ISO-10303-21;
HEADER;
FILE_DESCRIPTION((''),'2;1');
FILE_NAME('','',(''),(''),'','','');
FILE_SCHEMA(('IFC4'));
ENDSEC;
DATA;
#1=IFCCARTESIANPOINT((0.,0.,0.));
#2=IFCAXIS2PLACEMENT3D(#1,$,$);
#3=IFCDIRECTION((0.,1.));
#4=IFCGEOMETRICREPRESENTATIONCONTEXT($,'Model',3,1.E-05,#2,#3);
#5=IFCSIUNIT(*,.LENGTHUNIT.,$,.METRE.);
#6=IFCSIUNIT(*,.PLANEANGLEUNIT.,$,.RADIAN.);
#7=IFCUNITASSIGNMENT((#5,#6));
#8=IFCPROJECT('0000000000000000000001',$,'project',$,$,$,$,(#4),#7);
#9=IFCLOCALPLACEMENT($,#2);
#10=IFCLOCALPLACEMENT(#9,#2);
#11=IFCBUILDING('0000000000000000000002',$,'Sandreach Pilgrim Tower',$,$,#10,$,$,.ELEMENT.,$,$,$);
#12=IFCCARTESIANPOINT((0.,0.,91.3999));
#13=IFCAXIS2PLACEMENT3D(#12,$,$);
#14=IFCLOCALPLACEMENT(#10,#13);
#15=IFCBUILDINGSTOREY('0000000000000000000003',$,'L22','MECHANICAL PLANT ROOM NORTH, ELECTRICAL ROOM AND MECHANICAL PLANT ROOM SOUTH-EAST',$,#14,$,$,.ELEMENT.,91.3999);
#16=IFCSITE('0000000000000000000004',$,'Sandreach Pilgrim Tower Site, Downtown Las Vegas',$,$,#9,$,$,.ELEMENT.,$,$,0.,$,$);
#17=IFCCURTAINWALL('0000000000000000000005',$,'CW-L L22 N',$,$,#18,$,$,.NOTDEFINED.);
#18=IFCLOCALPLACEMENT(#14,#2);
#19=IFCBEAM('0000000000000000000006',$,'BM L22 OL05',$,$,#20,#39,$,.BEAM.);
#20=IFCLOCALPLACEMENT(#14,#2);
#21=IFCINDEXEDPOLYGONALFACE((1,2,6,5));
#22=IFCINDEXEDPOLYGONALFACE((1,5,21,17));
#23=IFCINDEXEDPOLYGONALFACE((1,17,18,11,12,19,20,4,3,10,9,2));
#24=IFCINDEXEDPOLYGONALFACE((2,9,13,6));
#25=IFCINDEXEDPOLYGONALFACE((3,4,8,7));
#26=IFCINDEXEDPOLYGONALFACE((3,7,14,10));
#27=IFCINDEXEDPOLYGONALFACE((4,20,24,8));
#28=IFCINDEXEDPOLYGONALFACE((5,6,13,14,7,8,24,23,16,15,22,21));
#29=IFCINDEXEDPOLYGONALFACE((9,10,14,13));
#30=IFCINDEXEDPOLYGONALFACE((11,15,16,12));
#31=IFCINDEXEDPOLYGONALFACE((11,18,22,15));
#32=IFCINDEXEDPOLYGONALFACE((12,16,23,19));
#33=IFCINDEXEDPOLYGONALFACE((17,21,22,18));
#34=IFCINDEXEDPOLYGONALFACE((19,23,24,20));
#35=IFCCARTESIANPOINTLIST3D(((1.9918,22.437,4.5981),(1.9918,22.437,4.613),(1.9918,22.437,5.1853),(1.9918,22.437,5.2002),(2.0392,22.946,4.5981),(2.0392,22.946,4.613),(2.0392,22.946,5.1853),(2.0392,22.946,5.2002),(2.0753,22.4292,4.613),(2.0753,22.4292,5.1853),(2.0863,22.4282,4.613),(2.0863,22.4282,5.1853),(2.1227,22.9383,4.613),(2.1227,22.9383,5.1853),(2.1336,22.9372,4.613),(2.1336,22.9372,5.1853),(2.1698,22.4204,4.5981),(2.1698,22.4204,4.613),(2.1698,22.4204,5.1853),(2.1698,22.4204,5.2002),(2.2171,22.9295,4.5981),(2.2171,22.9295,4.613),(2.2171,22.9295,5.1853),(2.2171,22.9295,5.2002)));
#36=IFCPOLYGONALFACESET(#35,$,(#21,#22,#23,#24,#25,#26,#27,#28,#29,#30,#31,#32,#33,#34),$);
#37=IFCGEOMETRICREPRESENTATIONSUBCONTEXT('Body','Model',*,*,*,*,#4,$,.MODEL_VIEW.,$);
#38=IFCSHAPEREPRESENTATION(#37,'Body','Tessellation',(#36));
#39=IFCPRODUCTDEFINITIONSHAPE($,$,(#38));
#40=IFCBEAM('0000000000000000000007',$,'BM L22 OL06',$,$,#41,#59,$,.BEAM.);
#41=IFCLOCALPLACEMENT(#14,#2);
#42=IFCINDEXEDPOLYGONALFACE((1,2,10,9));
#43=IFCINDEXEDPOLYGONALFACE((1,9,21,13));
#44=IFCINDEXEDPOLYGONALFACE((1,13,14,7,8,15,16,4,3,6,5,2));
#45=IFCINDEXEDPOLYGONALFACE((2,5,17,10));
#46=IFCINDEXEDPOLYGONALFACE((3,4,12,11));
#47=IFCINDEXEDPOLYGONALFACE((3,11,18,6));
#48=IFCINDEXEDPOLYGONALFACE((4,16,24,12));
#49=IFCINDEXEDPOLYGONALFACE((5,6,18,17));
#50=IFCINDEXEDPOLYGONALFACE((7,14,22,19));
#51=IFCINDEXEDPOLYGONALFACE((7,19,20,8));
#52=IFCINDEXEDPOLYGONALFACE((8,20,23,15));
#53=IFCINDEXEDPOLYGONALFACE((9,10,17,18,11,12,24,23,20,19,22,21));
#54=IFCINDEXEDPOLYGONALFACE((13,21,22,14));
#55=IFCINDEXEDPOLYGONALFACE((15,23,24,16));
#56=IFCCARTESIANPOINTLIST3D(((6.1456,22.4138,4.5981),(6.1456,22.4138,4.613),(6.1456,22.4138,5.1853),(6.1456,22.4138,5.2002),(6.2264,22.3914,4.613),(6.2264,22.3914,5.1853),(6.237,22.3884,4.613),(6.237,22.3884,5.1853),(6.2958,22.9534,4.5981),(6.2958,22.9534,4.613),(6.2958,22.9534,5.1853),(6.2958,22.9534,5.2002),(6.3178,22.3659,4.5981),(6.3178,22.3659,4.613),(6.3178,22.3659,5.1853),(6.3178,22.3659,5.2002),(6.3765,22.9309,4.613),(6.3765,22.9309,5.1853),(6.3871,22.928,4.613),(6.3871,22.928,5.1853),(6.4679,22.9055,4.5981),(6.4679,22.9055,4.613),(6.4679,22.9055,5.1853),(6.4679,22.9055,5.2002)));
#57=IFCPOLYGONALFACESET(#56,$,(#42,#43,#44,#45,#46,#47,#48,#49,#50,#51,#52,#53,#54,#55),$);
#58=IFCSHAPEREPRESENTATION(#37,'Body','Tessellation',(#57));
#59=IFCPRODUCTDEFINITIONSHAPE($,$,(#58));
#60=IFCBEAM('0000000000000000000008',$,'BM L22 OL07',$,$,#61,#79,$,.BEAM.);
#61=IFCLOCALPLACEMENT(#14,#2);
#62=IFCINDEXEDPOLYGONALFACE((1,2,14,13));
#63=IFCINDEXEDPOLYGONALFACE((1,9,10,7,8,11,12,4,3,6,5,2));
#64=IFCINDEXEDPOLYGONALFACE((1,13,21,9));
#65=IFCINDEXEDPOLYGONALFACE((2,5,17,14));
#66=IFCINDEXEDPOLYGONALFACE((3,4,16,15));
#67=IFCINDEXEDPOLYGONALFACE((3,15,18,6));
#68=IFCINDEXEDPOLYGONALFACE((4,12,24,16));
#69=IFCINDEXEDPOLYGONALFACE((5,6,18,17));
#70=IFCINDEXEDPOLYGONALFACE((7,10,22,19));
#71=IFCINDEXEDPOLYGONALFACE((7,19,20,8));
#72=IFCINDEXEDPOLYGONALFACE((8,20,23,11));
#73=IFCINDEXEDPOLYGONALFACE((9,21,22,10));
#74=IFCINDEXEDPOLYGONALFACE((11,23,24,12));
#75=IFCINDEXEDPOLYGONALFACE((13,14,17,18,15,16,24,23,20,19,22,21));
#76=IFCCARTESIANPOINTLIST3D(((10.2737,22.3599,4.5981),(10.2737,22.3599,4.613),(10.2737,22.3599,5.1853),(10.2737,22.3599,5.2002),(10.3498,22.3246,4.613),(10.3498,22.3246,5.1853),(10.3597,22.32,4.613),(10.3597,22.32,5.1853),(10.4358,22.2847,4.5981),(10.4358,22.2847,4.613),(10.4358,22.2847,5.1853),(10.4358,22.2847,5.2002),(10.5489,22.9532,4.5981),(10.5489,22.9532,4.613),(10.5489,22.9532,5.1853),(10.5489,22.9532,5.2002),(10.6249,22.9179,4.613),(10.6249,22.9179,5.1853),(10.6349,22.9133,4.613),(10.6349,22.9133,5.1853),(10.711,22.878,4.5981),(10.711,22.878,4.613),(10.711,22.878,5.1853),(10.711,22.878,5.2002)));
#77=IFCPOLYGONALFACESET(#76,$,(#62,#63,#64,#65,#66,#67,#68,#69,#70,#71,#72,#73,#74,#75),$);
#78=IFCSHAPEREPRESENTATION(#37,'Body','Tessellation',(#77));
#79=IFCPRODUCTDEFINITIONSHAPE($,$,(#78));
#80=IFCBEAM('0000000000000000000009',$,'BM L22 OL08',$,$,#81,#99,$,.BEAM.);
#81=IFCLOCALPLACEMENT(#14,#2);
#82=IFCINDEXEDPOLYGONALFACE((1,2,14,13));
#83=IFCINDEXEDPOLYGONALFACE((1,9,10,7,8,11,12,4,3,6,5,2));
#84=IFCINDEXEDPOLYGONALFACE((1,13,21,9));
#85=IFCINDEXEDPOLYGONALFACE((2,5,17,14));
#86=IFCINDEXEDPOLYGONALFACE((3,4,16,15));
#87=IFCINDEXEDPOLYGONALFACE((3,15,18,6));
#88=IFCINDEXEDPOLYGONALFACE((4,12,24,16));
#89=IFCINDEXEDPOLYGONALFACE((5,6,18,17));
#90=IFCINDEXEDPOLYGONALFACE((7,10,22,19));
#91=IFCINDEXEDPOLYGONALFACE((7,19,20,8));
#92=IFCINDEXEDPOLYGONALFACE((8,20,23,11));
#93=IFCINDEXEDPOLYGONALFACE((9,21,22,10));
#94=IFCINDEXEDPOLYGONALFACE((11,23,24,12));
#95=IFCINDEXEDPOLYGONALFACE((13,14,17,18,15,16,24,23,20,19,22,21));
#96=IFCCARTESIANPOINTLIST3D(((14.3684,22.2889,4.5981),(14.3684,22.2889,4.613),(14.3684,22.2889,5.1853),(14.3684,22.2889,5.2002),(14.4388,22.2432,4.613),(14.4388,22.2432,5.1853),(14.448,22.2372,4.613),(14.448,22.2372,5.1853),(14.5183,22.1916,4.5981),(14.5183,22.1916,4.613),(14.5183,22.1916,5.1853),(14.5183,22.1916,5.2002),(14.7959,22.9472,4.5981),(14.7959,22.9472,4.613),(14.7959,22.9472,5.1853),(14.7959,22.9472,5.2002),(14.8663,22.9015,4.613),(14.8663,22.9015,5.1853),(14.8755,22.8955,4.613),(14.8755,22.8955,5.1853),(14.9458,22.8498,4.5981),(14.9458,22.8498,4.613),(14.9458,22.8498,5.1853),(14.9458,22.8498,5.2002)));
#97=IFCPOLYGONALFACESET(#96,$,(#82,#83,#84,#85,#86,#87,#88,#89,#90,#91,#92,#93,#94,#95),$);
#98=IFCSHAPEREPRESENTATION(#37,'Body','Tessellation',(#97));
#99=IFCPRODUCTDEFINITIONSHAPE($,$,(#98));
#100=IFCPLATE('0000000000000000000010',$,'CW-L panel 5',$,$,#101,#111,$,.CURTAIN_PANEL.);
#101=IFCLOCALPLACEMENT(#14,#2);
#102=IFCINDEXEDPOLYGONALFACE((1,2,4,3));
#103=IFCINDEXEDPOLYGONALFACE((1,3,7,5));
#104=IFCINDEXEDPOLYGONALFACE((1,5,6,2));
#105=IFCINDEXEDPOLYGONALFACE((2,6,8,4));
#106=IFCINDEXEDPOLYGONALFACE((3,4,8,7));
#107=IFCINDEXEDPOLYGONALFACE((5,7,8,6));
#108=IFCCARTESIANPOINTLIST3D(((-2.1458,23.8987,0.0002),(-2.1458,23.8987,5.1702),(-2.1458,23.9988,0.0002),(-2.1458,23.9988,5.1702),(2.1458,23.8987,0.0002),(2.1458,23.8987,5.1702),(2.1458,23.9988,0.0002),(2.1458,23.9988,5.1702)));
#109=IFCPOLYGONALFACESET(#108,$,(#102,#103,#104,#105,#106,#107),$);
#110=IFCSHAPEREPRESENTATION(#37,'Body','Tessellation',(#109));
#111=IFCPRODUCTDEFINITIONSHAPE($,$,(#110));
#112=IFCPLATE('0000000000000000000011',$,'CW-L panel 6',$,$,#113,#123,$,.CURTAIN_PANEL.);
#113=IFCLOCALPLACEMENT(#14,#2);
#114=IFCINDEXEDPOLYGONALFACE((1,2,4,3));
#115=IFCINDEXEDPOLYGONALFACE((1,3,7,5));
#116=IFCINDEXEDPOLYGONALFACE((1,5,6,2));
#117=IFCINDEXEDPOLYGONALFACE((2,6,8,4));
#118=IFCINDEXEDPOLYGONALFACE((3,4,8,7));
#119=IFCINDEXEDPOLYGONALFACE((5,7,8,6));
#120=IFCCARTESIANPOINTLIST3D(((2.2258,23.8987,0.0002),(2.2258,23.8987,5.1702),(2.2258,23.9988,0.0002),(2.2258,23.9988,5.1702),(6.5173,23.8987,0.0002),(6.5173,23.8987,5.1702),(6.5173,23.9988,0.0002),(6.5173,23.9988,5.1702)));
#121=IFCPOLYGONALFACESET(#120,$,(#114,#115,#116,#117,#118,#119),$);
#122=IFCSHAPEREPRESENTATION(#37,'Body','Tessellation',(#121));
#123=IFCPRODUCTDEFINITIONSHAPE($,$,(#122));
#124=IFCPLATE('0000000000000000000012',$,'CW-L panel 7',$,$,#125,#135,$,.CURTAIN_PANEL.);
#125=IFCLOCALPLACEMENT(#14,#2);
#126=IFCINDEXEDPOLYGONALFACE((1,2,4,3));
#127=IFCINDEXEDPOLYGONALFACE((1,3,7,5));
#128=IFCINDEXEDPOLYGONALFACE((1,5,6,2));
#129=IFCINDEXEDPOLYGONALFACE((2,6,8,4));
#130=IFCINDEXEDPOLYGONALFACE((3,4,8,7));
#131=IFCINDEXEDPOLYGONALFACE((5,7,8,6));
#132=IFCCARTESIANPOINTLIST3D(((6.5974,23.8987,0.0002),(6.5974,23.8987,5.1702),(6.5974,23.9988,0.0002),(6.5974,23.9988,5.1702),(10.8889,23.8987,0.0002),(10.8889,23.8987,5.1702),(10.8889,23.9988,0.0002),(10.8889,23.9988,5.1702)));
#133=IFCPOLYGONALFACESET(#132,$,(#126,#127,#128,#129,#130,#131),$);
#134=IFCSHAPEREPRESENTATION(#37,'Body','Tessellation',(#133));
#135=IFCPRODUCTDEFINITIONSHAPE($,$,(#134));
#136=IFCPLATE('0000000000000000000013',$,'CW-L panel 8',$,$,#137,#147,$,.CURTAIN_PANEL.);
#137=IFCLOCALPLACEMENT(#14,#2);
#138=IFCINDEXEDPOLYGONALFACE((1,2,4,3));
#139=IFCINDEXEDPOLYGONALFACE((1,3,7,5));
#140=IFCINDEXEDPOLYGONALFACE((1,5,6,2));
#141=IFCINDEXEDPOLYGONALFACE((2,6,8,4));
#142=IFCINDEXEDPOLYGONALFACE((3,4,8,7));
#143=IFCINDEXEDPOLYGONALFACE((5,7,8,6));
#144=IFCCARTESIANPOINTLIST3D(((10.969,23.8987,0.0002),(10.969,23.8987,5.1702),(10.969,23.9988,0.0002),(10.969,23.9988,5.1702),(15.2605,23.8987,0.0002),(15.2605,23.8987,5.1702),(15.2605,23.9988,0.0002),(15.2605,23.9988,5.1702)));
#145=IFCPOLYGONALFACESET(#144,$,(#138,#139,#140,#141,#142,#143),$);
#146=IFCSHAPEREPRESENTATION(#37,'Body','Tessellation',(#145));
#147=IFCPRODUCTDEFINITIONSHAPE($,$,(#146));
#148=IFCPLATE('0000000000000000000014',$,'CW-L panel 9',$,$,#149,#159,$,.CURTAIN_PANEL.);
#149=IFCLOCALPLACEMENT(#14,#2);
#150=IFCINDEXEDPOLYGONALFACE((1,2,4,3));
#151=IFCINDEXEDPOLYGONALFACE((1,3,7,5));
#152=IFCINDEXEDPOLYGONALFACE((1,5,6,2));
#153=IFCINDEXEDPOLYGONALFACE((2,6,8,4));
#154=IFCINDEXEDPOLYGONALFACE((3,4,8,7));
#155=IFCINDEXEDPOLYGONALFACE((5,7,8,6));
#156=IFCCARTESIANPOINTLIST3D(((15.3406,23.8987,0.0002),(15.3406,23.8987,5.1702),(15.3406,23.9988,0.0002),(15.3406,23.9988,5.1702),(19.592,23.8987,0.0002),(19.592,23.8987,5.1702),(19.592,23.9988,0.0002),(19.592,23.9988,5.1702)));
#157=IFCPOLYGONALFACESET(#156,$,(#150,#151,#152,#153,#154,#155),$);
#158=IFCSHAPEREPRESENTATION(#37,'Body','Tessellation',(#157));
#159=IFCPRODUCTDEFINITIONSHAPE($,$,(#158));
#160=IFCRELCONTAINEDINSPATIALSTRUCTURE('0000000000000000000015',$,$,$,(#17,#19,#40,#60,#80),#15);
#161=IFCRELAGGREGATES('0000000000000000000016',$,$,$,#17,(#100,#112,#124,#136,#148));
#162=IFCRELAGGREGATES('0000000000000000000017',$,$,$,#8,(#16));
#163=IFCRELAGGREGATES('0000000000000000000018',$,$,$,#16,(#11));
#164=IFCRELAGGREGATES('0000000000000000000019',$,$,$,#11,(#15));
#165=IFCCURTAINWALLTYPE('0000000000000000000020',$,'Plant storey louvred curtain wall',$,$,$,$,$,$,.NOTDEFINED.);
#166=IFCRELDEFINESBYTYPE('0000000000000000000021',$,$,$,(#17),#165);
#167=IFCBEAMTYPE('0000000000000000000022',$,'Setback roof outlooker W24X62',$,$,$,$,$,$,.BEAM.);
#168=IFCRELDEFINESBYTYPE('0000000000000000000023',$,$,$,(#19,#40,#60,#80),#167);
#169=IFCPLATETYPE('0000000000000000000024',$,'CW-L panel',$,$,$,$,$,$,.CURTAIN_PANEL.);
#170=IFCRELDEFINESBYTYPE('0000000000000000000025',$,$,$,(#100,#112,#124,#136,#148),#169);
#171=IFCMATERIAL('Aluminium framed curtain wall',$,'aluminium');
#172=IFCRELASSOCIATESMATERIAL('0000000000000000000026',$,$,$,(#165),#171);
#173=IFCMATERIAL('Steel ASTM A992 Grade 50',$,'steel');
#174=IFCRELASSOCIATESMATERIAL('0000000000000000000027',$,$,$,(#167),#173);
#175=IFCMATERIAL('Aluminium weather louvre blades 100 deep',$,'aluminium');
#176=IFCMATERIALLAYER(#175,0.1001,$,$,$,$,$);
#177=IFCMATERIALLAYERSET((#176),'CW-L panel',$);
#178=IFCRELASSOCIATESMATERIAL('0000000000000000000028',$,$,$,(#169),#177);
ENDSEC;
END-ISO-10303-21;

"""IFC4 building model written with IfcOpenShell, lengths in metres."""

from ifc_helpers import new_model, si_unit, direction, frame, origin, origin_2d, place, context, subcontext, project, spatial, rectangle, i_section, extrude, material, layer, layer_set, material_profile, profile_set, type_object, element, aggregate, save


model = new_model("IFC4")

# Units and contexts
model_context = context("Model", 3, precision=1e-05, world=origin(), true_north=direction((0.0, 1.0)))
body_context = subcontext(model_context, "Body", "Model", "MODEL_VIEW")
ifc_project = project(units=[si_unit("LENGTHUNIT", "METRE"), si_unit("PLANEANGLEUNIT", "RADIAN")], contexts=[model_context])

# Site, building, storey
site_placement = place(None, origin())
site = spatial("IfcSite", under=ifc_project, at=site_placement, Name="Sandreach Pilgrim Tower Site, Downtown Las Vegas", CompositionType="ELEMENT", RefElevation=0.0)
building_placement = place(site_placement, origin())
building = spatial("IfcBuilding", under=site, at=building_placement, Name="Sandreach Pilgrim Tower", CompositionType="ELEMENT")
storey_placement = place(building_placement, frame((0.0, 0.0, 91.3999)))
storey = spatial("IfcBuildingStorey", under=building, at=storey_placement, Name="L22", Description="MECHANICAL PLANT ROOM NORTH, ELECTRICAL ROOM AND MECHANICAL PLANT ROOM SOUTH-EAST", CompositionType="ELEMENT", Elevation=91.3999)

# Curtain wall
ifc_material_1 = material(Name="Aluminium framed curtain wall", Category="aluminium")
curtain_wall_type = type_object("IfcCurtainWallType", Name="Plant storey louvred curtain wall", PredefinedType="NOTDEFINED", material=ifc_material_1)
curtain_wall_placement = place(storey_placement, origin())
curtain_wall = element("IfcCurtainWall", 1, at=curtain_wall_placement, inside=storey, type_object=curtain_wall_type, Name="CW-L L22 N", PredefinedType="NOTDEFINED")

# Beams
ifc_material_2 = material(Name="Steel ASTM A992 Grade 50", Category="steel")
ifc_material_profile_1 = material_profile(ifc_material_2, i_section(OverallWidth=0.1787, OverallDepth=0.6021, WebThickness=0.011, FlangeThickness=0.0149, at=origin_2d()), Name="W24X62")
ifc_profile_set_1 = profile_set([ifc_material_profile_1], Name="Steel ASTM A992 Grade 50")
beam_type_1 = type_object("IfcBeamType", Name="Setback roof outlooker W24X62", PredefinedType="BEAM", material=ifc_profile_set_1)
beam_1_placement = place(storey_placement, frame((2.0808, 22.4287, 4.8992), z_axis=(0.092645, 0.995699, 0.0), x_axis=(-0.995699, 0.092645, 0.0)))
element("IfcBeam", 2, at=beam_1_placement, inside=storey, type_object=beam_type_1, Name="BM L22 OL05", PredefinedType="BEAM", context=body_context, shape_type="SweptSolid", body=[
    extrude(i_section(OverallWidth=0.1787, OverallDepth=0.6021, WebThickness=0.011, FlangeThickness=0.0149, at=origin_2d()), origin(), (0.0, 0.0, 1.0), 0.5112),
])
beam_2_placement = place(storey_placement, frame((6.2317, 22.3899, 4.8992), z_axis=(0.268093, 0.963393, 0.0), x_axis=(-0.963393, 0.268093, 0.0)))
element("IfcBeam", 3, at=beam_2_placement, inside=storey, type_object=beam_type_1, Name="BM L22 OL06", PredefinedType="BEAM", context=body_context, shape_type="SweptSolid", body=[
    extrude(i_section(OverallWidth=0.1787, OverallDepth=0.6021, WebThickness=0.011, FlangeThickness=0.0149, at=origin_2d()), origin(), (0.0, 0.0, 1.0), 0.5601),
])
beam_3_placement = place(storey_placement, frame((10.3547, 22.3223, 4.8992), z_axis=(0.420738, 0.907182, 0.0), x_axis=(-0.907182, 0.420738, 0.0)))
element("IfcBeam", 4, at=beam_3_placement, inside=storey, type_object=beam_type_1, Name="BM L22 OL07", PredefinedType="BEAM", context=body_context, shape_type="SweptSolid", body=[
    extrude(i_section(OverallWidth=0.1787, OverallDepth=0.6021, WebThickness=0.011, FlangeThickness=0.0149, at=origin_2d()), origin(), (0.0, 0.0, 1.0), 0.6541),
])
beam_4_placement = place(storey_placement, frame((14.4434, 22.2402, 4.8992), z_axis=(0.544682, 0.838643, 0.0), x_axis=(-0.838643, 0.544682, 0.0)))
element("IfcBeam", 5, at=beam_4_placement, inside=storey, type_object=beam_type_1, Name="BM L22 OL08", PredefinedType="BEAM", context=body_context, shape_type="SweptSolid", body=[
    extrude(i_section(OverallWidth=0.1787, OverallDepth=0.6021, WebThickness=0.011, FlangeThickness=0.0149, at=origin_2d()), origin(), (0.0, 0.0, 1.0), 0.7849),
])

# Plates
ifc_material_3 = material(Name="Aluminium weather louvre blades 100 deep", Category="aluminium")
ifc_layer = layer(ifc_material_3, 0.1001)
ifc_layer_set = layer_set([ifc_layer], Name="CW-L panel")
plate_type = type_object("IfcPlateType", Name="CW-L panel", PredefinedType="CURTAIN_PANEL", material=ifc_layer_set)
plate_1_placement = place(storey_placement, frame((0.0, 23.9487, 0.0002), z_axis=(0.0, 0.0, 1.0), x_axis=(1.0, 0.0, 0.0)))
plate_1 = element("IfcPlate", 6, at=plate_1_placement, type_object=plate_type, Name="CW-L panel 5", PredefinedType="CURTAIN_PANEL", context=body_context, shape_type="SweptSolid", body=[
    extrude(rectangle(XDim=4.2915, YDim=0.1001, at=origin_2d()), origin(), (0.0, 0.0, 1.0), 5.1699),
])
plate_2_placement = place(storey_placement, frame((4.3716, 23.9487, 0.0002), z_axis=(0.0, 0.0, 1.0), x_axis=(1.0, 0.0, 0.0)))
plate_2 = element("IfcPlate", 7, at=plate_2_placement, type_object=plate_type, Name="CW-L panel 6", PredefinedType="CURTAIN_PANEL", context=body_context, shape_type="SweptSolid", body=[
    extrude(rectangle(XDim=4.2915, YDim=0.1001, at=origin_2d()), origin(), (0.0, 0.0, 1.0), 5.1699),
])
plate_3_placement = place(storey_placement, frame((8.7432, 23.9487, 0.0002), z_axis=(0.0, 0.0, 1.0), x_axis=(1.0, 0.0, 0.0)))
plate_3 = element("IfcPlate", 8, at=plate_3_placement, type_object=plate_type, Name="CW-L panel 7", PredefinedType="CURTAIN_PANEL", context=body_context, shape_type="SweptSolid", body=[
    extrude(rectangle(XDim=4.2915, YDim=0.1001, at=origin_2d()), origin(), (0.0, 0.0, 1.0), 5.1699),
])
plate_4_placement = place(storey_placement, frame((13.1147, 23.9487, 0.0002), z_axis=(0.0, 0.0, 1.0), x_axis=(1.0, 0.0, 0.0)))
plate_4 = element("IfcPlate", 9, at=plate_4_placement, type_object=plate_type, Name="CW-L panel 8", PredefinedType="CURTAIN_PANEL", context=body_context, shape_type="SweptSolid", body=[
    extrude(rectangle(XDim=4.2915, YDim=0.1001, at=origin_2d()), origin(), (0.0, 0.0, 1.0), 5.1699),
])
plate_5_placement = place(storey_placement, frame((17.4663, 23.9487, 0.0002), z_axis=(0.0, 0.0, 1.0), x_axis=(1.0, 0.0, 0.0)))
plate_5 = element("IfcPlate", 10, at=plate_5_placement, type_object=plate_type, Name="CW-L panel 9", PredefinedType="CURTAIN_PANEL", context=body_context, shape_type="SweptSolid", body=[
    extrude(rectangle(XDim=4.2515, YDim=0.1001, at=origin_2d()), origin(), (0.0, 0.0, 1.0), 5.1699),
])
aggregate(curtain_wall, [plate_1, plate_2, plate_3, plate_4, plate_5])

save(model, "model.ifc")
